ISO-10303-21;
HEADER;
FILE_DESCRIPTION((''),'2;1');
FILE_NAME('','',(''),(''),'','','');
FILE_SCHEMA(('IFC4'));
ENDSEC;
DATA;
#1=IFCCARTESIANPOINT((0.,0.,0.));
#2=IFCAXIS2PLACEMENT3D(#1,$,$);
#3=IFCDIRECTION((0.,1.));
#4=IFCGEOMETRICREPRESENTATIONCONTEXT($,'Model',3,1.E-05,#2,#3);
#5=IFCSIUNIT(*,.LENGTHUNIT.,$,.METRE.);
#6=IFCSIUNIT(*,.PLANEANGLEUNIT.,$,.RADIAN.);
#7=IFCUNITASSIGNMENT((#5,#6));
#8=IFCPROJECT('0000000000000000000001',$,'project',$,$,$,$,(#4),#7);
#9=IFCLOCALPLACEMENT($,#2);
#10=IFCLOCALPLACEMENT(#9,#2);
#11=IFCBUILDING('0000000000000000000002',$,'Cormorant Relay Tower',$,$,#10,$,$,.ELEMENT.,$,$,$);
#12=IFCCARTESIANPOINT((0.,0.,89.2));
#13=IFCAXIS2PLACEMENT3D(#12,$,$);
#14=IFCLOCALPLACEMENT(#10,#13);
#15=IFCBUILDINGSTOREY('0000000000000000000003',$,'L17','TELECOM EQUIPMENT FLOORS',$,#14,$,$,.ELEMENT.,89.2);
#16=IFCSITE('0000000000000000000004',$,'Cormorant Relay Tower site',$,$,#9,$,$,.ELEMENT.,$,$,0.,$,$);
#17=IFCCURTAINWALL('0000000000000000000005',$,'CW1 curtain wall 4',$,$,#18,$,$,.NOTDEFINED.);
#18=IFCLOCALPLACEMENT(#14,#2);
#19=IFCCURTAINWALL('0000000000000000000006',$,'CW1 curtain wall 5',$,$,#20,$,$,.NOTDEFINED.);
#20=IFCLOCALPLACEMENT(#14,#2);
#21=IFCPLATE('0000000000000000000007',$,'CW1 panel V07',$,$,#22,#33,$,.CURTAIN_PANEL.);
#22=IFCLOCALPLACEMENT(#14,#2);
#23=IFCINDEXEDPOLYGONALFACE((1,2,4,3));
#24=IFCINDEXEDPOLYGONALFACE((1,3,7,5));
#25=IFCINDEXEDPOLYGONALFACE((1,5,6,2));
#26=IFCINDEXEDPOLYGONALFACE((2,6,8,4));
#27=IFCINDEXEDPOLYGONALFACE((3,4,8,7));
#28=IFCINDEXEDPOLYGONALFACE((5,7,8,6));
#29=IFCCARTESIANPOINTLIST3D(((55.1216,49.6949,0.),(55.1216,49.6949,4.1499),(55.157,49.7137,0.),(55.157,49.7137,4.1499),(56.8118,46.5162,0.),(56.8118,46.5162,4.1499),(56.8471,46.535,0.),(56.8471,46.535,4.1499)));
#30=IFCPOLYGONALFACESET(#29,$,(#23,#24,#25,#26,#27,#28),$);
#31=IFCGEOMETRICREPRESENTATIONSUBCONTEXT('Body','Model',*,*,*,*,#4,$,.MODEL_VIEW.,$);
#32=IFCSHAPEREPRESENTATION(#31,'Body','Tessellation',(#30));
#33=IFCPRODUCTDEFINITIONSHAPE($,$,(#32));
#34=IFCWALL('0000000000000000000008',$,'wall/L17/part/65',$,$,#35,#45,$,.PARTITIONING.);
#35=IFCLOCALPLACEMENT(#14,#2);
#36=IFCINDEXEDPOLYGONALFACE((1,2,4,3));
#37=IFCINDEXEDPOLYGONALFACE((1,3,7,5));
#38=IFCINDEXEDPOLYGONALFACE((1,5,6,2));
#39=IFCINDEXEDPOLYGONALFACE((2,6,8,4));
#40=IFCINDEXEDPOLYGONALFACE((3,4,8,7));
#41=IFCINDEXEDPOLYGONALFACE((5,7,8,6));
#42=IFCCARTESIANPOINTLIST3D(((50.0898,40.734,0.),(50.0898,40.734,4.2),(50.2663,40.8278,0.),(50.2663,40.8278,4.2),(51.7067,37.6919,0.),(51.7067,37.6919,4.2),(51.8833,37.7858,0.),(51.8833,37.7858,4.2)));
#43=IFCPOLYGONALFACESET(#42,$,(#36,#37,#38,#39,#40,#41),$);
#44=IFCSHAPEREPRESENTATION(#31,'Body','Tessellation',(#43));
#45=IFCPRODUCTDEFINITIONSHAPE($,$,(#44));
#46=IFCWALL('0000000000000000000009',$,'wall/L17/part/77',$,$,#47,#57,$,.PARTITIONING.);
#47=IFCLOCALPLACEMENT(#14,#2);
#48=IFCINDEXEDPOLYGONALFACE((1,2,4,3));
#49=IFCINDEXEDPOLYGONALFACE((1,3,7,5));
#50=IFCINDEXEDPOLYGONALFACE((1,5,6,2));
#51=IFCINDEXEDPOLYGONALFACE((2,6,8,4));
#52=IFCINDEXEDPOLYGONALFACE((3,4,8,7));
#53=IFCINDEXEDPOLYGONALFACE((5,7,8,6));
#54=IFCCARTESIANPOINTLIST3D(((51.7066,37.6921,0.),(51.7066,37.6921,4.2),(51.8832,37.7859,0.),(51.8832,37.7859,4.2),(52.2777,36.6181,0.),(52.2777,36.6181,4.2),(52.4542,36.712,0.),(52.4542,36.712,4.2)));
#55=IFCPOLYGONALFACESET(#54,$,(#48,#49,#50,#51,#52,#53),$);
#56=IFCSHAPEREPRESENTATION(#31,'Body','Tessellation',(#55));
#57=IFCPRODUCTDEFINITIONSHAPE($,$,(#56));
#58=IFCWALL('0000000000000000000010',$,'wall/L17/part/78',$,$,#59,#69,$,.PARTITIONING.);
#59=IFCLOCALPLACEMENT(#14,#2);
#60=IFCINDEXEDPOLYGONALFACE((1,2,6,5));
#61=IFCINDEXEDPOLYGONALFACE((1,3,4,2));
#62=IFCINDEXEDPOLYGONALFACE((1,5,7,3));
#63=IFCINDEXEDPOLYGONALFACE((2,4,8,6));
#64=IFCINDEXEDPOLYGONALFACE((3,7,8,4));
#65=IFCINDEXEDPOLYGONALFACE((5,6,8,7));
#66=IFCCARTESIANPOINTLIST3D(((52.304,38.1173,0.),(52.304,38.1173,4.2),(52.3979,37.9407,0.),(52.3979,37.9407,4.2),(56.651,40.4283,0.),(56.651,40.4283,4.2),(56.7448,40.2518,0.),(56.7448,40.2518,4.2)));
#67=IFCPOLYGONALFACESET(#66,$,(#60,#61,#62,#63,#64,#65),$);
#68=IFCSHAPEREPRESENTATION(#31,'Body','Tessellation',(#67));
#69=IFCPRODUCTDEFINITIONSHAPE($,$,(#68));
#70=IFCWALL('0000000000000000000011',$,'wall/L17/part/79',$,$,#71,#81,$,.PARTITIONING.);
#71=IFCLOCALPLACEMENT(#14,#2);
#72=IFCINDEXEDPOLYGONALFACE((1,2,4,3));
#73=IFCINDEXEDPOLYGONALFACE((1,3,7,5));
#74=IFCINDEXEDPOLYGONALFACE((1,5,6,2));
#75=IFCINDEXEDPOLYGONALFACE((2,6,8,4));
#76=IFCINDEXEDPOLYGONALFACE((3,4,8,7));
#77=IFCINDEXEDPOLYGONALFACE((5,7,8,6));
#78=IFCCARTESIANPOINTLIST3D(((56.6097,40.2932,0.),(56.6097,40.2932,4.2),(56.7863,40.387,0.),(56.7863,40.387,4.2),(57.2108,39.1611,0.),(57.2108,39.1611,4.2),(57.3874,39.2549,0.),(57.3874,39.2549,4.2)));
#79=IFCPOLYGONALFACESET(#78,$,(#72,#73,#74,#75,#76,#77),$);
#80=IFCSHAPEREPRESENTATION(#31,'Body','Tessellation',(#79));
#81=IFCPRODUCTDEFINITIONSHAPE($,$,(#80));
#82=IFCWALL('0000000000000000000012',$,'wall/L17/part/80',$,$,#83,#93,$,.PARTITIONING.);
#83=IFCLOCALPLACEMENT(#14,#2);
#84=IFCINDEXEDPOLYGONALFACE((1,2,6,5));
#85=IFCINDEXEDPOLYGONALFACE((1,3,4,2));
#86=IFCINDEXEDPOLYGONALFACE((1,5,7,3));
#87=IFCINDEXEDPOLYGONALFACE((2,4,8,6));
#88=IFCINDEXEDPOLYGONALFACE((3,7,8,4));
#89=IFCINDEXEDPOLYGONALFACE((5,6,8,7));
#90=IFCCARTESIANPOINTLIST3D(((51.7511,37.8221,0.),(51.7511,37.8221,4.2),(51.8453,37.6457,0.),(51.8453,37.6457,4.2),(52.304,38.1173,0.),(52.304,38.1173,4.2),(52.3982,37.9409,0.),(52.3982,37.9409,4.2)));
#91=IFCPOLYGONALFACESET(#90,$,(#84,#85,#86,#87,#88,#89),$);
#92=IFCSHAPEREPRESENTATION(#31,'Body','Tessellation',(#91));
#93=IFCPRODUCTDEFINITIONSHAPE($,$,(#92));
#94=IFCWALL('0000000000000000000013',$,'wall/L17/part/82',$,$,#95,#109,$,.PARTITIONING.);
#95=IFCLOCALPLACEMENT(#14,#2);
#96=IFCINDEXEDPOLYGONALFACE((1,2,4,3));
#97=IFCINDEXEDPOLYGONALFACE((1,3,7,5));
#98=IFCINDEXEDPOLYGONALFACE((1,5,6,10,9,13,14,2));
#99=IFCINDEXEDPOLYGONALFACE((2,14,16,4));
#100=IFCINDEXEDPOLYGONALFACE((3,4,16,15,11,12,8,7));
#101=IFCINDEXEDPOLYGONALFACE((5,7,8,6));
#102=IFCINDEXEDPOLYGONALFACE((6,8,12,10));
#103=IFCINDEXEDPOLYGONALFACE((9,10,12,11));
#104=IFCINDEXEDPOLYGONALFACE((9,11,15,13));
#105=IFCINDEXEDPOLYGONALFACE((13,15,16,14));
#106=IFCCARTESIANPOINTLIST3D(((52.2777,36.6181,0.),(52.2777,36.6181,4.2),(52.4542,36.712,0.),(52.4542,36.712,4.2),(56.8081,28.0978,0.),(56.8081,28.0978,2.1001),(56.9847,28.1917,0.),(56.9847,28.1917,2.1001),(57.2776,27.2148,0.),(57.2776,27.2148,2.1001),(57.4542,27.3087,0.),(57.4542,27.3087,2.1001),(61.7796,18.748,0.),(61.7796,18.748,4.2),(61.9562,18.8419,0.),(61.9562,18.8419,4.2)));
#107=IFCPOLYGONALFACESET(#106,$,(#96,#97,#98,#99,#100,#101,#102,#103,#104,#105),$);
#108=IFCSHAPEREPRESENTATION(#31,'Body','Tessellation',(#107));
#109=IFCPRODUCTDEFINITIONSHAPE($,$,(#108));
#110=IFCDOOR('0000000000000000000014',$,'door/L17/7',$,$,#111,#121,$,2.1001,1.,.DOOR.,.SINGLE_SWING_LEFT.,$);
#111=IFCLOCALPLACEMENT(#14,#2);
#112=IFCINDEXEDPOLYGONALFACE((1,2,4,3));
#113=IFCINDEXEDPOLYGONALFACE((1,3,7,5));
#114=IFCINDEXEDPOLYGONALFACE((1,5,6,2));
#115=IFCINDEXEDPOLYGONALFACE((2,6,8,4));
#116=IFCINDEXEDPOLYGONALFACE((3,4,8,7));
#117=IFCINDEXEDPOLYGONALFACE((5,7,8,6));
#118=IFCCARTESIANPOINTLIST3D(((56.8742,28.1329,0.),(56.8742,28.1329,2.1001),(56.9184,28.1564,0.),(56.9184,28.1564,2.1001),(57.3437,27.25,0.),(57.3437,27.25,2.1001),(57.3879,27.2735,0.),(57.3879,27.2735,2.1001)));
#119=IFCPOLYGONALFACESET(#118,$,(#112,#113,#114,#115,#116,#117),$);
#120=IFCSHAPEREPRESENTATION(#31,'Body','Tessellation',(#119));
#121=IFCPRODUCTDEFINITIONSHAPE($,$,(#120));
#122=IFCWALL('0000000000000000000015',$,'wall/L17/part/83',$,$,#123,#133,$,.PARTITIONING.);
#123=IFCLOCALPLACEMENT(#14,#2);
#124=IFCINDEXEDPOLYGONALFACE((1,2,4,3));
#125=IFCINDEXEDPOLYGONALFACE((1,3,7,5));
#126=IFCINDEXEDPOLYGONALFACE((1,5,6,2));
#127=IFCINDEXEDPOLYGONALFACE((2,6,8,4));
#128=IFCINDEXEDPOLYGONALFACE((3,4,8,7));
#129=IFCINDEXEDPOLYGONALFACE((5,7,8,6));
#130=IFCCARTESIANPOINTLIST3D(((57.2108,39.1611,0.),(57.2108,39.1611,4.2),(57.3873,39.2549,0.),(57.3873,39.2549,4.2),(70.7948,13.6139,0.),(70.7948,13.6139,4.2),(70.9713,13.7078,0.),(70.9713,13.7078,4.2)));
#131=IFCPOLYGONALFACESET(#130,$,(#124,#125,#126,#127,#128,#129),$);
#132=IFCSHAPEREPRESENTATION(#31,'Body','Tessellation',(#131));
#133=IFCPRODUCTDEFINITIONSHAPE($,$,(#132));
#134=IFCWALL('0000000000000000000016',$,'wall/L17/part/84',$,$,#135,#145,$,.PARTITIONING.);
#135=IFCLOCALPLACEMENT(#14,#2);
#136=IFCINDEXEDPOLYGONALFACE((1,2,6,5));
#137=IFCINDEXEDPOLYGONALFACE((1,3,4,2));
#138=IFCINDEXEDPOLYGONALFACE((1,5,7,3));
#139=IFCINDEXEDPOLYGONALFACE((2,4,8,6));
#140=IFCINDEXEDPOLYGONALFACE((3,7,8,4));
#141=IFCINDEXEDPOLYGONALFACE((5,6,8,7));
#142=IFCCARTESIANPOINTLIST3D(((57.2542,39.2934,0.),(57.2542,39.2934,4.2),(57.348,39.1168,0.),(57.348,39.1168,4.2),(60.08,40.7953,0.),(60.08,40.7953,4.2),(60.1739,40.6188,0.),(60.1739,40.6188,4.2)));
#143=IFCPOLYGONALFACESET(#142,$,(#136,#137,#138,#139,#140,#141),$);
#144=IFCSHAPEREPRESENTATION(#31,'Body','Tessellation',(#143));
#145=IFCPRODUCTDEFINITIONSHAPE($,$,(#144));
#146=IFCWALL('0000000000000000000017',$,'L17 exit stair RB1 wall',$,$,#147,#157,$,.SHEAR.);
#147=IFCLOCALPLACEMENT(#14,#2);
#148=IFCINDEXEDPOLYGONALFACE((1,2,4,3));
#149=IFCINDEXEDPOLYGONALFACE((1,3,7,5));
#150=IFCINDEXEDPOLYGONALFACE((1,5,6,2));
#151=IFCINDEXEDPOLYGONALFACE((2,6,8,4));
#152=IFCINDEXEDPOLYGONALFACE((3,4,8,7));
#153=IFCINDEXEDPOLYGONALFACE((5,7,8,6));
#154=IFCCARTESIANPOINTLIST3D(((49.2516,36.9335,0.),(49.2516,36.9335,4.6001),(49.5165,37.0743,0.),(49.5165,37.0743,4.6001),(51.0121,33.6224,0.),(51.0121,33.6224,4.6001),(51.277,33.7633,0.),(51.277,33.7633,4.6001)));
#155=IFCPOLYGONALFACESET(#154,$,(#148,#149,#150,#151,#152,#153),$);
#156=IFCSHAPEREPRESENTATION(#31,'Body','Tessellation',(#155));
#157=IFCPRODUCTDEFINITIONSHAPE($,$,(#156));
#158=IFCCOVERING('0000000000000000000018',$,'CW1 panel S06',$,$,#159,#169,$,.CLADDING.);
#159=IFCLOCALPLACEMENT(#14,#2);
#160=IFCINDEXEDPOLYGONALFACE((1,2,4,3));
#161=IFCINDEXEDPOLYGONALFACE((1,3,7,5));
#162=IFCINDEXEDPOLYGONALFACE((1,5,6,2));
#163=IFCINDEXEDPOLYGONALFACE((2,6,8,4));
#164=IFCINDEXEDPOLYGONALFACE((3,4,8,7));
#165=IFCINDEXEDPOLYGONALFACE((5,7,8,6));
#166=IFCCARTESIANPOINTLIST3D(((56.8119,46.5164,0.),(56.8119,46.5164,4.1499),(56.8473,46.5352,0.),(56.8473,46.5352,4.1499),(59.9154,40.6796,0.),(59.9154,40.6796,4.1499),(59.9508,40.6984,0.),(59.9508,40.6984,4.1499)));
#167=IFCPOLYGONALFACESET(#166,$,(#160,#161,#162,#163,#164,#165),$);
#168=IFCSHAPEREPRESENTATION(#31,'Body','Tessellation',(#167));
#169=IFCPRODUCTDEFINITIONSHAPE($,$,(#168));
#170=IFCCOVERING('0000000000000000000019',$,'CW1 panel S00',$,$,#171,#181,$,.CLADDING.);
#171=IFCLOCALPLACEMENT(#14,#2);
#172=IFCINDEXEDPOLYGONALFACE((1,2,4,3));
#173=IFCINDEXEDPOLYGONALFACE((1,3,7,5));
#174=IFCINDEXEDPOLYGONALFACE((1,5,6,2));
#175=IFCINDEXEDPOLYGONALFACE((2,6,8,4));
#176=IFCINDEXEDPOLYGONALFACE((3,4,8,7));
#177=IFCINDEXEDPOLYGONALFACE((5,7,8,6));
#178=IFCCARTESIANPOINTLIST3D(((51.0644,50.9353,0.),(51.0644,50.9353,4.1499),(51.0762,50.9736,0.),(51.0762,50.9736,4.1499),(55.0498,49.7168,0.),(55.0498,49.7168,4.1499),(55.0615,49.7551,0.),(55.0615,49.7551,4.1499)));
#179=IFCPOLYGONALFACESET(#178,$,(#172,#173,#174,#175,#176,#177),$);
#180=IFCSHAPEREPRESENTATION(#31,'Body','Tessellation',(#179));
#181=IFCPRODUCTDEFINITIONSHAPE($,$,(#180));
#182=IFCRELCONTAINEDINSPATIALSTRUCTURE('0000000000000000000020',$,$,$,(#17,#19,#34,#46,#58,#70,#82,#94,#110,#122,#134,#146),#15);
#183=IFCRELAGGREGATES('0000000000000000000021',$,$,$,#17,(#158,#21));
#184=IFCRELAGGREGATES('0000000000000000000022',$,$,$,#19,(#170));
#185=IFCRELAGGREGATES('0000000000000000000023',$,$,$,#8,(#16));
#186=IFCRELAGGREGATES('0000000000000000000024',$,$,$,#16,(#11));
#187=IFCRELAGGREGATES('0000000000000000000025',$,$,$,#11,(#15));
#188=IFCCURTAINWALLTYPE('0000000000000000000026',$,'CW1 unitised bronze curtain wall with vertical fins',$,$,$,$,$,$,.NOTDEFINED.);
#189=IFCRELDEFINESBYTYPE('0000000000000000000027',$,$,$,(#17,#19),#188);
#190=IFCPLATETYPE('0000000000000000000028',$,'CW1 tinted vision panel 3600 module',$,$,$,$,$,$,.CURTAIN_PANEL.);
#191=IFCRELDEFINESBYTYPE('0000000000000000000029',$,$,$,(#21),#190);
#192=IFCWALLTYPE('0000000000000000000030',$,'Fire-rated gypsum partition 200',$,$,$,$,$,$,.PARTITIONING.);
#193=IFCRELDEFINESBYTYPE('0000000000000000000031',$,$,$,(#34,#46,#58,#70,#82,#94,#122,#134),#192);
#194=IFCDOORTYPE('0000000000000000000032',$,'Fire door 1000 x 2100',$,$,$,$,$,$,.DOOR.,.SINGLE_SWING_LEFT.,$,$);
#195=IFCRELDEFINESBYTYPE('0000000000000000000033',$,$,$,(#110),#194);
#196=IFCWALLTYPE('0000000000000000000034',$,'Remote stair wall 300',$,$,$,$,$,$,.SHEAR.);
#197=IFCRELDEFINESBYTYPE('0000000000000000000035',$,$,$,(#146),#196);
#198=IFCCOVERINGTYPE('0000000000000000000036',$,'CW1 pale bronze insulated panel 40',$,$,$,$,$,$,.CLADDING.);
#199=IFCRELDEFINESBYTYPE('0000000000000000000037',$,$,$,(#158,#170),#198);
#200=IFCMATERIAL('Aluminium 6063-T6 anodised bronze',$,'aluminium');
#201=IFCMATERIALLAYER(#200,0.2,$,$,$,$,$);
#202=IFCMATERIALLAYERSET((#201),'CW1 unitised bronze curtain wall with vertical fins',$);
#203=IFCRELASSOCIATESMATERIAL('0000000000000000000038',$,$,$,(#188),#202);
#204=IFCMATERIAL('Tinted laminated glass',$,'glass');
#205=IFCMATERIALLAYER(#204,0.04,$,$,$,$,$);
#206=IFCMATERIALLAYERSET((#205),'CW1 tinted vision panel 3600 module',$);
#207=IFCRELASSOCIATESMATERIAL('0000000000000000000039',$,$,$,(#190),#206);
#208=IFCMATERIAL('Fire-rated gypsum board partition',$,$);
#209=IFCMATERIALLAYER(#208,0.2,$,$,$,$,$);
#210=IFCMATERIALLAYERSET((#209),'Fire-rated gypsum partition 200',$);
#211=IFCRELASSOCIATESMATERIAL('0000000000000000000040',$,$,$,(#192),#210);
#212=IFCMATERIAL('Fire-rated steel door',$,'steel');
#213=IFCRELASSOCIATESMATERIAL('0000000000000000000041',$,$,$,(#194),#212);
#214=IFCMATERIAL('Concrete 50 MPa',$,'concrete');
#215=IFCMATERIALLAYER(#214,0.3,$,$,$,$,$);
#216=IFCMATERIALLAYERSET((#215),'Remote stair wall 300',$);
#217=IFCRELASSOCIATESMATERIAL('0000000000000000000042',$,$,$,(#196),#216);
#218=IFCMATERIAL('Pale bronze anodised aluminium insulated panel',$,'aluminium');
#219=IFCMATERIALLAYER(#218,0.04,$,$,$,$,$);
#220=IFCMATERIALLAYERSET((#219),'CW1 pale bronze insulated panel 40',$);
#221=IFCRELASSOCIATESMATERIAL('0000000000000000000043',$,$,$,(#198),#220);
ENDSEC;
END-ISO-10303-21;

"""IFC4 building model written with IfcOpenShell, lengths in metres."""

from ifc_helpers import new_model, si_unit, direction, frame, frame_2d, origin, origin_2d, place, context, subcontext, project, spatial, rectangle, extrude, material, layer, layer_set, type_object, element, fill, aggregate, save


model = new_model("IFC4")

# Units and contexts
model_context = context("Model", 3, precision=1e-05, world=origin(), true_north=direction((0.0, 1.0)))
body_context = subcontext(model_context, "Body", "Model", "MODEL_VIEW")
ifc_project = project(units=[si_unit("LENGTHUNIT", "METRE"), si_unit("PLANEANGLEUNIT", "RADIAN")], contexts=[model_context])

# Site, building, storey
site_placement = place(None, origin())
site = spatial("IfcSite", under=ifc_project, at=site_placement, Name="Cormorant Relay Tower site", CompositionType="ELEMENT", RefElevation=0.0)
building_placement = place(site_placement, origin())
building = spatial("IfcBuilding", under=site, at=building_placement, Name="Cormorant Relay Tower", CompositionType="ELEMENT")
storey_placement = place(building_placement, frame((0.0, 0.0, 89.2)))
storey = spatial("IfcBuildingStorey", under=building, at=storey_placement, Name="L17", Description="TELECOM EQUIPMENT FLOORS", CompositionType="ELEMENT", Elevation=89.2)

# Curtain wall
ifc_material_1 = material(Name="Aluminium 6063-T6 anodised bronze", Category="aluminium")
ifc_layer_1 = layer(ifc_material_1, 0.2)
ifc_layer_set_1 = layer_set([ifc_layer_1], Name="CW1 unitised bronze curtain wall with vertical fins")
curtain_wall_type = type_object("IfcCurtainWallType", Name="CW1 unitised bronze curtain wall with vertical fins", PredefinedType="NOTDEFINED", material=ifc_layer_set_1)
curtain_wall_1_placement = place(storey_placement, origin())
curtain_wall_1 = element("IfcCurtainWall", 1, at=curtain_wall_1_placement, inside=storey, type_object=curtain_wall_type, Name="CW1 curtain wall 4", PredefinedType="NOTDEFINED")

# Curtain wall
curtain_wall_2_placement = place(storey_placement, origin())
curtain_wall_2 = element("IfcCurtainWall", 2, at=curtain_wall_2_placement, inside=storey, type_object=curtain_wall_type, Name="CW1 curtain wall 5", PredefinedType="NOTDEFINED")

# Plate
ifc_material_2 = material(Name="Tinted laminated glass", Category="glass")
ifc_layer_2 = layer(ifc_material_2, 0.04)
ifc_layer_set_2 = layer_set([ifc_layer_2], Name="CW1 tinted vision panel 3600 module")
plate_type_1 = type_object("IfcPlateType", Name="CW1 tinted vision panel 3600 module", PredefinedType="CURTAIN_PANEL", material=ifc_layer_set_2)
plate_1_placement = place(storey_placement, frame((55.9844, 48.115, 0.0), z_axis=(0.0, 0.0, 1.0), x_axis=(-0.469472, 0.882948, 0.0)))
plate_1 = element("IfcPlate", 3, at=plate_1_placement, type_object=plate_type_1, Name="CW1 panel V07", PredefinedType="CURTAIN_PANEL", context=body_context, shape_type="SweptSolid", body=[
    extrude(rectangle(XDim=3.6001, YDim=0.04, at=origin_2d()), origin(), (0.0, 0.0, 1.0), 4.1499),
])

# Walls
ifc_material_3 = material(Name="Fire-rated gypsum board partition")
ifc_layer_3 = layer(ifc_material_3, 0.2)
ifc_layer_set_3 = layer_set([ifc_layer_3], Name="Fire-rated gypsum partition 200")
wall_type_1 = type_object("IfcWallType", Name="Fire-rated gypsum partition 200", PredefinedType="PARTITIONING", material=ifc_layer_set_3)
wall_1_placement = place(storey_placement, frame((50.178, 40.781, 0.0), z_axis=(0.0, 0.0, 1.0), x_axis=(0.469356, -0.883009, 0.0)))
element("IfcWall", 4, at=wall_1_placement, inside=storey, type_object=wall_type_1, Name="wall/L17/part/65", PredefinedType="PARTITIONING", context=body_context, shape_type="SweptSolid", body=[
    extrude(rectangle(XDim=3.4451, YDim=0.2, at=frame_2d((1.7227, 0.0))), origin(), (0.0, 0.0, 1.0), 4.2),
])
wall_2_placement = place(storey_placement, frame((51.7949, 37.739, 0.0), z_axis=(0.0, 0.0, 1.0), x_axis=(0.469473, -0.882947, 0.0)))
element("IfcWall", 5, at=wall_2_placement, inside=storey, type_object=wall_type_1, Name="wall/L17/part/77", PredefinedType="PARTITIONING", context=body_context, shape_type="SweptSolid", body=[
    extrude(rectangle(XDim=1.2163, YDim=0.2, at=frame_2d((0.6082, 0.0))), origin(), (0.0, 0.0, 1.0), 4.2),
])
wall_3_placement = place(storey_placement, frame((52.3511, 38.0291, 0.0), z_axis=(0.0, 0.0, 1.0), x_axis=(0.88297, 0.46943, 0.0)))
element("IfcWall", 6, at=wall_3_placement, inside=storey, type_object=wall_type_1, Name="wall/L17/part/78", PredefinedType="PARTITIONING", context=body_context, shape_type="SweptSolid", body=[
    extrude(rectangle(XDim=4.9231, YDim=0.2, at=frame_2d((2.4614, 0.0))), origin(), (0.0, 0.0, 1.0), 4.2),
])
wall_4_placement = place(storey_placement, frame((56.698, 40.3401, 0.0), z_axis=(0.0, 0.0, 1.0), x_axis=(0.468946, -0.883227, 0.0)))
element("IfcWall", 7, at=wall_4_placement, inside=storey, type_object=wall_type_1, Name="wall/L17/part/79", PredefinedType="PARTITIONING", context=body_context, shape_type="SweptSolid", body=[
    extrude(rectangle(XDim=1.2817, YDim=0.2, at=frame_2d((0.6409, 0.0))), origin(), (0.0, 0.0, 1.0), 4.2),
])
wall_5_placement = place(storey_placement, frame((51.7981, 37.7339, 0.0), z_axis=(0.0, 0.0, 1.0), x_axis=(0.882191, 0.470891, 0.0)))
element("IfcWall", 8, at=wall_5_placement, inside=storey, type_object=wall_type_1, Name="wall/L17/part/80", PredefinedType="PARTITIONING", context=body_context, shape_type="SweptSolid", body=[
    extrude(rectangle(XDim=0.6267, YDim=0.2, at=frame_2d((0.3135, 0.0))), origin(), (0.0, 0.0, 1.0), 4.2),
])

# Wall, opening, door
wall_6_placement = place(storey_placement, frame((52.366, 36.665, 0.0), z_axis=(0.0, 0.0, 1.0), x_axis=(0.469481, -0.882943, 0.0)))
wall_6 = element("IfcWall", 9, at=wall_6_placement, inside=storey, type_object=wall_type_1, Name="wall/L17/part/82", PredefinedType="PARTITIONING", context=body_context, shape_type="SweptSolid", body=[
    extrude(rectangle(XDim=20.2393, YDim=0.2, at=frame_2d((10.1196, 0.0))), origin(), (0.0, 0.0, 1.0), 4.2),
])
opening_placement = place(wall_6_placement, frame((9.6499, 0.0, 0.0)))
opening = element("IfcOpeningElement", 10, at=opening_placement, cuts=wall_6, PredefinedType="OPENING", context=body_context, shape_type="SweptSolid", body=[
    extrude(rectangle(XDim=1.0, YDim=2.1001, at=frame_2d((0.5, 1.05))), frame((0.0, 0.1099, 0.0), z_axis=(0.0, -1.0, 0.0), x_axis=(1.0, 0.0, 0.0)), (0.0, 0.0, 1.0), 0.22),
])
ifc_material_4 = material(Name="Fire-rated steel door", Category="steel")
door_type = type_object("IfcDoorType", Name="Fire door 1000 x 2100", OperationType="SINGLE_SWING_LEFT", PredefinedType="DOOR", material=ifc_material_4)
door_placement = place(opening_placement, origin())
door = element("IfcDoor", 11, at=door_placement, inside=storey, type_object=door_type, Name="door/L17/7", OperationType="SINGLE_SWING_LEFT", OverallHeight=2.1001, OverallWidth=1.0, PredefinedType="DOOR", context=body_context, shape_type="SweptSolid", body=[
    extrude(rectangle(XDim=1.0, YDim=2.1001, at=frame_2d((0.5, 1.05))), frame((0.0, 0.0249, 0.0), z_axis=(0.0, -1.0, 0.0), x_axis=(1.0, 0.0, 0.0)), (0.0, 0.0, 1.0), 0.05),
])
fill(opening, door)

# Walls
wall_7_placement = place(storey_placement, frame((57.2991, 39.208, 0.0), z_axis=(0.0, 0.0, 1.0), x_axis=(0.469481, -0.882943, 0.0)))
element("IfcWall", 12, at=wall_7_placement, inside=storey, type_object=wall_type_1, Name="wall/L17/part/83", PredefinedType="PARTITIONING", context=body_context, shape_type="SweptSolid", body=[
    extrude(rectangle(XDim=28.9341, YDim=0.2, at=frame_2d((14.467, 0.0))), origin(), (0.0, 0.0, 1.0), 4.2),
])
wall_8_placement = place(storey_placement, frame((60.127, 40.707, 0.0), z_axis=(0.0, 0.0, 1.0), x_axis=(-0.883028, -0.469321, 0.0)))
element("IfcWall", 13, at=wall_8_placement, inside=storey, type_object=wall_type_1, Name="wall/L17/part/84", PredefinedType="PARTITIONING", context=body_context, shape_type="SweptSolid", body=[
    extrude(rectangle(XDim=3.2002, YDim=0.2, at=frame_2d((1.6001, 0.0))), origin(), (0.0, 0.0, 1.0), 4.2),
])
ifc_material_5 = material(Name="Concrete 50 MPa", Category="concrete")
ifc_layer_4 = layer(ifc_material_5, 0.3)
ifc_layer_set_4 = layer_set([ifc_layer_4], Name="Remote stair wall 300")
wall_type_2 = type_object("IfcWallType", Name="Remote stair wall 300", PredefinedType="SHEAR", material=ifc_layer_set_4)
wall_9_placement = place(storey_placement, frame((49.384, 37.0039, 0.0), z_axis=(0.0, 0.0, 1.0), x_axis=(0.469469, -0.882949, 0.0)))
element("IfcWall", 14, at=wall_9_placement, inside=storey, type_object=wall_type_2, Name="L17 exit stair RB1 wall", PredefinedType="SHEAR", context=body_context, shape_type="SweptSolid", body=[
    extrude(rectangle(XDim=3.75, YDim=0.3, at=frame_2d((1.875, 0.0))), origin(), (0.0, 0.0, 1.0), 4.6001),
])

# Coverings
ifc_material_6 = material(Name="Pale bronze anodised aluminium insulated panel", Category="aluminium")
ifc_layer_5 = layer(ifc_material_6, 0.04)
ifc_layer_set_5 = layer_set([ifc_layer_5], Name="CW1 pale bronze insulated panel 40")
covering_type = type_object("IfcCoveringType", Name="CW1 pale bronze insulated panel 40", PredefinedType="CLADDING", material=ifc_layer_set_5)
covering_1_placement = place(storey_placement, frame((58.3813, 43.6074, 0.0), z_axis=(0.0, 0.0, 1.0), x_axis=(-0.469472, 0.882948, 0.0)))
covering_1 = element("IfcCovering", 15, at=covering_1_placement, type_object=covering_type, Name="CW1 panel S06", PredefinedType="CLADDING", context=body_context, shape_type="SweptSolid", body=[
    extrude(rectangle(XDim=6.6106, YDim=0.04, at=origin_2d()), origin(), (0.0, 0.0, 1.0), 4.1499),
])
aggregate(curtain_wall_1, [covering_1, plate_1])
covering_2_placement = place(storey_placement, frame((53.063, 50.3452, 0.0), z_axis=(0.0, 0.0, 1.0), x_axis=(-0.956305, 0.292372, 0.0)))
covering_2 = element("IfcCovering", 16, at=covering_2_placement, type_object=covering_type, Name="CW1 panel S00", PredefinedType="CLADDING", context=body_context, shape_type="SweptSolid", body=[
    extrude(rectangle(XDim=4.1675, YDim=0.04, at=origin_2d()), origin(), (0.0, 0.0, 1.0), 4.1499),
])
aggregate(curtain_wall_2, [covering_2])

save(model, "model.ifc")
